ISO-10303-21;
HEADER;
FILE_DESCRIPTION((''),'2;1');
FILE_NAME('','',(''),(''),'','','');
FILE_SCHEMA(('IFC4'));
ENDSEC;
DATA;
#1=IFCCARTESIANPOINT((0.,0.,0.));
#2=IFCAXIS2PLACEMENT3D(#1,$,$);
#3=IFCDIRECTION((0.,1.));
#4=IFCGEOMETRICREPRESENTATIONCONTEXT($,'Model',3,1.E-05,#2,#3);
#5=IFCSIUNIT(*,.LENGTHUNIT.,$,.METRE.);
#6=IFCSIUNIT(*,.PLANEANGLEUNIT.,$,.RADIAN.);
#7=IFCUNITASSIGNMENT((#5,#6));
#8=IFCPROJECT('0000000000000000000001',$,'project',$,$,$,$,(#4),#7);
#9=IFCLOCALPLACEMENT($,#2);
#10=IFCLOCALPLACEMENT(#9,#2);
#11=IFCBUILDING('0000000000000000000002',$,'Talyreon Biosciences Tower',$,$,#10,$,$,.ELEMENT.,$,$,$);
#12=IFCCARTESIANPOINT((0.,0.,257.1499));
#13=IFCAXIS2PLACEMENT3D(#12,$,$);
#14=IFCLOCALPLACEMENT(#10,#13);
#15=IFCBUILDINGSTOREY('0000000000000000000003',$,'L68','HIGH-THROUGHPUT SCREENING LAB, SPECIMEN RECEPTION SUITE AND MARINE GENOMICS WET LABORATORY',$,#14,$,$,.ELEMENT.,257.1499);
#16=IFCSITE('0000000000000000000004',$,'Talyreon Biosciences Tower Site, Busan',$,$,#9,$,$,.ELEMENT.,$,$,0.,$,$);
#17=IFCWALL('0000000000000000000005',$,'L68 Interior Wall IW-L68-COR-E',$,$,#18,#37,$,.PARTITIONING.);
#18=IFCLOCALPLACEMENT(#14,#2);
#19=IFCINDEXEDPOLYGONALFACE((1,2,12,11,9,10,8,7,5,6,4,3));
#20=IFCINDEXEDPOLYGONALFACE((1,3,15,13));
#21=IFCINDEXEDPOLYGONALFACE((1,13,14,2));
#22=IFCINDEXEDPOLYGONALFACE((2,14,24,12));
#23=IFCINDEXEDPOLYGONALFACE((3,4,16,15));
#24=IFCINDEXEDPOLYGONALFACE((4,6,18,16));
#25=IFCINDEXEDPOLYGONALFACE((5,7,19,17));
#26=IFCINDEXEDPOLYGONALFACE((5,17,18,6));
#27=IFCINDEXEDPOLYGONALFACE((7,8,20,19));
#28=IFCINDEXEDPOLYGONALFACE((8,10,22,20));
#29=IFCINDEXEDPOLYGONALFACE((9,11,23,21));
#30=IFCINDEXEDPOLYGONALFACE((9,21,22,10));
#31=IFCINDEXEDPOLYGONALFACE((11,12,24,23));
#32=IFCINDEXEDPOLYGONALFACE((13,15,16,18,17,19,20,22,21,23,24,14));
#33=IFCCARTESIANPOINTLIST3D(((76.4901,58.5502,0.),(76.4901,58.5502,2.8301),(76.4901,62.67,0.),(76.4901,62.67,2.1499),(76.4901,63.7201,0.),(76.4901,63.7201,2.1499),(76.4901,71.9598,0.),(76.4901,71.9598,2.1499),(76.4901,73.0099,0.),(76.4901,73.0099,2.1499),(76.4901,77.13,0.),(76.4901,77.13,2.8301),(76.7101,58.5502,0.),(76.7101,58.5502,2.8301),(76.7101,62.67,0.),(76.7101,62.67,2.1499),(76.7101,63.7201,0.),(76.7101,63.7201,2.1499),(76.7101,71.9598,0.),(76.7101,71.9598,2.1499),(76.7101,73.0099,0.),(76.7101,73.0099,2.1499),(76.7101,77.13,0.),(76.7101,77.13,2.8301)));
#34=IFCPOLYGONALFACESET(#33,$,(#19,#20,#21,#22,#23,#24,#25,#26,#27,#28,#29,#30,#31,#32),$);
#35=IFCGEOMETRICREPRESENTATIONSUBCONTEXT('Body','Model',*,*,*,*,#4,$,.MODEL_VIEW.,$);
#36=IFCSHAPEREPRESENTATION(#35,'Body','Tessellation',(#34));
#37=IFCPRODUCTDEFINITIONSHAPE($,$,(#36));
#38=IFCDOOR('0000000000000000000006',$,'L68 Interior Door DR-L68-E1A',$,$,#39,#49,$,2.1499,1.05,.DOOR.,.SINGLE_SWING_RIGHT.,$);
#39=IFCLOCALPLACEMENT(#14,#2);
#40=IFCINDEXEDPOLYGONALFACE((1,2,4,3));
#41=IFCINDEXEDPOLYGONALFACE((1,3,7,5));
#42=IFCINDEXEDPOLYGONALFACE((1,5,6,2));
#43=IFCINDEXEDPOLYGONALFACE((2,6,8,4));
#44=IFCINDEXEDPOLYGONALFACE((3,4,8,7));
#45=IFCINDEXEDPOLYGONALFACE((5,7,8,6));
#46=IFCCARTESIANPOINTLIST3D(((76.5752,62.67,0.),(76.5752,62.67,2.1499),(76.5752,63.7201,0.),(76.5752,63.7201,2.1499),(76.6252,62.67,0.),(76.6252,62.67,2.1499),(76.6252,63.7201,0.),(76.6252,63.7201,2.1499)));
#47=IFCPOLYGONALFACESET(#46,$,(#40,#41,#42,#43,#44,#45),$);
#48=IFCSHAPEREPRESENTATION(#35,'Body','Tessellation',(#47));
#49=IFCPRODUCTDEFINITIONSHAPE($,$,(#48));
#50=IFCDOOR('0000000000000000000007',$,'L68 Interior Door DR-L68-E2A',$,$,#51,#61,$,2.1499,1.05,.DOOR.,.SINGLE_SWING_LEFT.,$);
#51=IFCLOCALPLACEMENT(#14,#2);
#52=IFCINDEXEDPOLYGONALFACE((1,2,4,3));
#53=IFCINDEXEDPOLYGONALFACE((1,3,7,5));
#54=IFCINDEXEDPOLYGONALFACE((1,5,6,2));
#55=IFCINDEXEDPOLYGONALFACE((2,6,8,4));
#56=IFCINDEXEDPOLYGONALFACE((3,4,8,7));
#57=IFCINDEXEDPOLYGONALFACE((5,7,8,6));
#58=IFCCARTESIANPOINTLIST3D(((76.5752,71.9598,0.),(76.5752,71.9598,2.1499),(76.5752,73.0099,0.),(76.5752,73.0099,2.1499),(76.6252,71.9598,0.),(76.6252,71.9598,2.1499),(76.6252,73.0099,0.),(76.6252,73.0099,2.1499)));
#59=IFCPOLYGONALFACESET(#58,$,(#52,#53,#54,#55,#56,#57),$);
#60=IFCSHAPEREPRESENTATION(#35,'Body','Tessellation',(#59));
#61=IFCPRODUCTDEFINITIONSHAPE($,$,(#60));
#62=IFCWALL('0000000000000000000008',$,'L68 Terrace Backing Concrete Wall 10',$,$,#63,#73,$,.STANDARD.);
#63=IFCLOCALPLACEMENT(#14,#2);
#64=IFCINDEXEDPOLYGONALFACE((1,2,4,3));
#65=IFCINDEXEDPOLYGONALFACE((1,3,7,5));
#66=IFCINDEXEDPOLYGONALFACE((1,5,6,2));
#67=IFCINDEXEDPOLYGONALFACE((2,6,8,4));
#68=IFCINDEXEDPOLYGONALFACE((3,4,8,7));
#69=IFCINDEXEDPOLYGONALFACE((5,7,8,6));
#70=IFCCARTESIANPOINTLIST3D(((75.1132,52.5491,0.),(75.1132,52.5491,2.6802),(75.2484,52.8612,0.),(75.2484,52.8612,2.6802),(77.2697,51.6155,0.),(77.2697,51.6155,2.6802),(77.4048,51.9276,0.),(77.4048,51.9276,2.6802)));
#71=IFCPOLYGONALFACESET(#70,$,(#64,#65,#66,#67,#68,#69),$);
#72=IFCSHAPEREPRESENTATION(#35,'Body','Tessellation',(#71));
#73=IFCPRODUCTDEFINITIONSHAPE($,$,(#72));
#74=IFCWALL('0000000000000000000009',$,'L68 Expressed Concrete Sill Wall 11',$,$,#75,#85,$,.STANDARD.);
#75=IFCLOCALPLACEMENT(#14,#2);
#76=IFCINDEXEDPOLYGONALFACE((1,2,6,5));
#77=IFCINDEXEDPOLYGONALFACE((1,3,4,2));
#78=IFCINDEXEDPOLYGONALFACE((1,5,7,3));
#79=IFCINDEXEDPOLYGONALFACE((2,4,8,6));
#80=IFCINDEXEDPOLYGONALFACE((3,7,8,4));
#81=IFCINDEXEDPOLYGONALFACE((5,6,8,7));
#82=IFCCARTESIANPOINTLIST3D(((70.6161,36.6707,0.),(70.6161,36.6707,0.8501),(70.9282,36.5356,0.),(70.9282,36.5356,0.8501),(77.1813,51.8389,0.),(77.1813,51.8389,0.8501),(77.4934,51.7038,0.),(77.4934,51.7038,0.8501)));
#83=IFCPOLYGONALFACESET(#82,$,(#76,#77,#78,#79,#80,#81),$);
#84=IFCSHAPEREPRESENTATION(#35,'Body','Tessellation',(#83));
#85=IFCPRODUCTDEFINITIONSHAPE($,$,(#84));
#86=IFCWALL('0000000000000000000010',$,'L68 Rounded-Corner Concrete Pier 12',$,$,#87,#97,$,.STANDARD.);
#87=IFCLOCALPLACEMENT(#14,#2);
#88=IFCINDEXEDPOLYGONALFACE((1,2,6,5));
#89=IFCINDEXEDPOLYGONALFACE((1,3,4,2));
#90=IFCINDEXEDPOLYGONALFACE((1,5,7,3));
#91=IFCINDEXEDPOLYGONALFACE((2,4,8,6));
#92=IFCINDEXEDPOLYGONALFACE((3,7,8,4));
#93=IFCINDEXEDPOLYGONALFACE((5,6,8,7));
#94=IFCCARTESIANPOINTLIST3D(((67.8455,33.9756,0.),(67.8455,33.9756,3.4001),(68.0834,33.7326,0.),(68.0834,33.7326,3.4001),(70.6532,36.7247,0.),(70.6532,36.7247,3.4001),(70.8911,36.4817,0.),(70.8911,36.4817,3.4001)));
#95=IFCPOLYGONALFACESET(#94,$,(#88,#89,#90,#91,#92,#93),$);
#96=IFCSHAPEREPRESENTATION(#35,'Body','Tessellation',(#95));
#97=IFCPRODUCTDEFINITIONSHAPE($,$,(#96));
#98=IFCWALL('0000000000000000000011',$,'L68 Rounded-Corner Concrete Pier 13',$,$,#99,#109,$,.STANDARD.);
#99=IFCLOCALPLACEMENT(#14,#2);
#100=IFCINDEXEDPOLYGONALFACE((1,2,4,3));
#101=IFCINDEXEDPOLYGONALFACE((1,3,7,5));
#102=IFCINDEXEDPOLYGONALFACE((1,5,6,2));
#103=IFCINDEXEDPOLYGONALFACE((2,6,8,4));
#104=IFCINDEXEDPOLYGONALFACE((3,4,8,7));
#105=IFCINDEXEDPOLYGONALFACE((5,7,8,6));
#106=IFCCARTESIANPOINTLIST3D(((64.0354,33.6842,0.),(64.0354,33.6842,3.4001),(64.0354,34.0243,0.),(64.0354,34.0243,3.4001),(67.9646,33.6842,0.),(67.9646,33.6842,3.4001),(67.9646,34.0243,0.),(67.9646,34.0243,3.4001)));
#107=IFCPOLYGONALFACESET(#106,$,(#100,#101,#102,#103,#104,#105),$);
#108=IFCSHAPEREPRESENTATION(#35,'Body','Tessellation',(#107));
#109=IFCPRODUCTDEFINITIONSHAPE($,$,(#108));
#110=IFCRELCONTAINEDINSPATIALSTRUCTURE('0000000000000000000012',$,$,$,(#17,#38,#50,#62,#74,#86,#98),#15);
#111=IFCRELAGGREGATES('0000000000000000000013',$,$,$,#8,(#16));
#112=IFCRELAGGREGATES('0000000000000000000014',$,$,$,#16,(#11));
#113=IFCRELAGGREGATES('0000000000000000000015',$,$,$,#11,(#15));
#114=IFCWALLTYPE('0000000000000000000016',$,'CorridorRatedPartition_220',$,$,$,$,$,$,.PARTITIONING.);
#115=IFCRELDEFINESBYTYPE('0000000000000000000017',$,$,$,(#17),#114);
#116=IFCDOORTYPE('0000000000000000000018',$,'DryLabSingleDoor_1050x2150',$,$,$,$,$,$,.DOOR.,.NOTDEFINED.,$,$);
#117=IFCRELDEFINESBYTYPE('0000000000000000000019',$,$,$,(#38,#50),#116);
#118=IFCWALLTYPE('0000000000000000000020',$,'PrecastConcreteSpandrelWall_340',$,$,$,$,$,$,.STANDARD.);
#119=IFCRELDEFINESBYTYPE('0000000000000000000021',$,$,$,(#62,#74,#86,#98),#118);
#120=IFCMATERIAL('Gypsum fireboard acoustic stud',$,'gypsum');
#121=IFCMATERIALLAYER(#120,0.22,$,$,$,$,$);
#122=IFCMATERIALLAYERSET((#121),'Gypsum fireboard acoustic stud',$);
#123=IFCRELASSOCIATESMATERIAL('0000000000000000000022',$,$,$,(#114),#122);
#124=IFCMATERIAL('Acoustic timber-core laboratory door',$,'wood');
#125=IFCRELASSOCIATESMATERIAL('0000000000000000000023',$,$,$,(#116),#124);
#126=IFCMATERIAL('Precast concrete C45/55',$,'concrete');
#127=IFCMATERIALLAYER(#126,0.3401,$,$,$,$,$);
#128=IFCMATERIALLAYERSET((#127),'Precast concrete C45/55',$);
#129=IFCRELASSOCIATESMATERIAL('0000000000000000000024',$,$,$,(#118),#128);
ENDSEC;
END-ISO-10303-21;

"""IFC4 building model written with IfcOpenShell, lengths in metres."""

from ifc_helpers import new_model, si_unit, direction, frame, frame_2d, origin, place, context, subcontext, project, spatial, rectangle, extrude, material, layer, layer_set, type_object, element, fill, save


model = new_model("IFC4")

# Units and contexts
model_context = context("Model", 3, precision=1e-05, world=origin(), true_north=direction((0.0, 1.0)))
body_context = subcontext(model_context, "Body", "Model", "MODEL_VIEW")
ifc_project = project(units=[si_unit("LENGTHUNIT", "METRE"), si_unit("PLANEANGLEUNIT", "RADIAN")], contexts=[model_context])

# Site, building, storey
site_placement = place(None, origin())
site = spatial("IfcSite", under=ifc_project, at=site_placement, Name="Talyreon Biosciences Tower Site, Busan", CompositionType="ELEMENT", RefElevation=0.0)
building_placement = place(site_placement, origin())
building = spatial("IfcBuilding", under=site, at=building_placement, Name="Talyreon Biosciences Tower", CompositionType="ELEMENT")
storey_placement = place(building_placement, frame((0.0, 0.0, 257.1499)))
storey = spatial("IfcBuildingStorey", under=building, at=storey_placement, Name="L68", Description="HIGH-THROUGHPUT SCREENING LAB, SPECIMEN RECEPTION SUITE AND MARINE GENOMICS WET LABORATORY", CompositionType="ELEMENT", Elevation=257.1499)

# Shared definitions
ifc_material_1 = material(Name="Precast concrete C45/55", Category="concrete")

# Shared definitions
ifc_material_2 = material(Name="Gypsum fireboard acoustic stud", Category="gypsum")

# Wall, openings, doors
ifc_layer_1 = layer(ifc_material_2, 0.22)
ifc_layer_set_1 = layer_set([ifc_layer_1], Name="Gypsum fireboard acoustic stud")
wall_type_1 = type_object("IfcWallType", Name="CorridorRatedPartition_220", PredefinedType="PARTITIONING", material=ifc_layer_set_1)
wall_1_placement = place(storey_placement, frame((76.6001, 58.55, 0.0), z_axis=(0.0, 0.0, 1.0), x_axis=(0.0, 1.0, 0.0)))
wall_1 = element("IfcWall", 1, at=wall_1_placement, inside=storey, type_object=wall_type_1, Name="L68 Interior Wall IW-L68-COR-E", PredefinedType="PARTITIONING", context=body_context, shape_type="SweptSolid", body=[
    extrude(rectangle(XDim=18.5798, YDim=0.22, at=frame_2d((9.29, 0.0))), origin(), (0.0, 0.0, 1.0), 2.8301),
])
opening_1_placement = place(wall_1_placement, frame((4.1201, 0.0, 0.0)))
opening_1 = element("IfcOpeningElement", 2, at=opening_1_placement, cuts=wall_1, PredefinedType="OPENING", context=body_context, shape_type="SweptSolid", body=[
    extrude(rectangle(XDim=1.05, YDim=2.1499, at=frame_2d((0.5249, 1.075))), frame((0.0, 0.1199, 0.0), z_axis=(0.0, -1.0, 0.0), x_axis=(1.0, 0.0, 0.0)), (0.0, 0.0, 1.0), 0.24),
])
opening_2_placement = place(wall_1_placement, frame((13.4099, 0.0, 0.0)))
opening_2 = element("IfcOpeningElement", 3, at=opening_2_placement, cuts=wall_1, PredefinedType="OPENING", context=body_context, shape_type="SweptSolid", body=[
    extrude(rectangle(XDim=1.05, YDim=2.1499, at=frame_2d((0.5249, 1.075))), frame((0.0, 0.1199, 0.0), z_axis=(0.0, -1.0, 0.0), x_axis=(1.0, 0.0, 0.0)), (0.0, 0.0, 1.0), 0.24),
])
ifc_material_3 = material(Name="Acoustic timber-core laboratory door", Category="wood")
door_type = type_object("IfcDoorType", Name="DryLabSingleDoor_1050x2150", OperationType="NOTDEFINED", PredefinedType="DOOR", material=ifc_material_3)
door_1_placement = place(opening_1_placement, origin())
door_1 = element("IfcDoor", 4, at=door_1_placement, inside=storey, type_object=door_type, Name="L68 Interior Door DR-L68-E1A", OperationType="SINGLE_SWING_RIGHT", OverallHeight=2.1499, OverallWidth=1.05, PredefinedType="DOOR", context=body_context, shape_type="SweptSolid", body=[
    extrude(rectangle(XDim=1.05, YDim=2.1499, at=frame_2d((0.5249, 1.075))), frame((0.0, 0.0249, 0.0), z_axis=(0.0, -1.0, 0.0), x_axis=(1.0, 0.0, 0.0)), (0.0, 0.0, 1.0), 0.05),
])
fill(opening_1, door_1)
door_2_placement = place(opening_2_placement, origin())
door_2 = element("IfcDoor", 5, at=door_2_placement, inside=storey, type_object=door_type, Name="L68 Interior Door DR-L68-E2A", OperationType="SINGLE_SWING_LEFT", OverallHeight=2.1499, OverallWidth=1.05, PredefinedType="DOOR", context=body_context, shape_type="SweptSolid", body=[
    extrude(rectangle(XDim=1.05, YDim=2.1499, at=frame_2d((0.5249, 1.075))), frame((0.0, 0.0249, 0.0), z_axis=(0.0, -1.0, 0.0), x_axis=(1.0, 0.0, 0.0)), (0.0, 0.0, 1.0), 0.05),
])
fill(opening_2, door_2)

# Walls
ifc_layer_2 = layer(ifc_material_1, 0.3401)
ifc_layer_set_2 = layer_set([ifc_layer_2], Name="Precast concrete C45/55")
wall_type_2 = type_object("IfcWallType", Name="PrecastConcreteSpandrelWall_340", PredefinedType="STANDARD", material=ifc_layer_set_2)
wall_2_placement = place(storey_placement, frame((75.1809, 52.7051, 0.0), z_axis=(0.0, 0.0, 1.0), x_axis=(0.917693, -0.39729, 0.0)))
element("IfcWall", 6, at=wall_2_placement, inside=storey, type_object=wall_type_2, Name="L68 Terrace Backing Concrete Wall 10", PredefinedType="STANDARD", context=body_context, shape_type="SweptSolid", body=[
    extrude(rectangle(XDim=2.3499, YDim=0.3401, at=frame_2d((1.1748, 0.0))), origin(), (0.0, 0.0, 1.0), 2.6802),
])
wall_3_placement = place(storey_placement, frame((77.3374, 51.7715, 0.0), z_axis=(0.0, 0.0, 1.0), x_axis=(-0.397215, -0.917726, 0.0)))
element("IfcWall", 7, at=wall_3_placement, inside=storey, type_object=wall_type_2, Name="L68 Expressed Concrete Sill Wall 11", PredefinedType="STANDARD", context=body_context, shape_type="SweptSolid", body=[
    extrude(rectangle(XDim=16.5281, YDim=0.3401, at=frame_2d((8.2642, 0.0))), origin(), (0.0, 0.0, 1.0), 0.8501),
])
wall_4_placement = place(storey_placement, frame((70.7722, 36.6033, 0.0), z_axis=(0.0, 0.0, 1.0), x_axis=(-0.714523, -0.699612, 0.0)))
element("IfcWall", 8, at=wall_4_placement, inside=storey, type_object=wall_type_2, Name="L68 Rounded-Corner Concrete Pier 12", PredefinedType="STANDARD", context=body_context, shape_type="SweptSolid", body=[
    extrude(rectangle(XDim=3.9294, YDim=0.3401, at=frame_2d((1.9648, 0.0))), origin(), (0.0, 0.0, 1.0), 3.4001),
])
wall_5_placement = place(storey_placement, frame((67.9646, 33.8542, 0.0), z_axis=(0.0, 0.0, 1.0), x_axis=(-1.0, 0.0, 0.0)))
element("IfcWall", 9, at=wall_5_placement, inside=storey, type_object=wall_type_2, Name="L68 Rounded-Corner Concrete Pier 13", PredefinedType="STANDARD", context=body_context, shape_type="SweptSolid", body=[
    extrude(rectangle(XDim=3.9292, YDim=0.3401, at=frame_2d((1.9646, 0.0))), origin(), (0.0, 0.0, 1.0), 3.4001),
])

save(model, "model.ifc")
